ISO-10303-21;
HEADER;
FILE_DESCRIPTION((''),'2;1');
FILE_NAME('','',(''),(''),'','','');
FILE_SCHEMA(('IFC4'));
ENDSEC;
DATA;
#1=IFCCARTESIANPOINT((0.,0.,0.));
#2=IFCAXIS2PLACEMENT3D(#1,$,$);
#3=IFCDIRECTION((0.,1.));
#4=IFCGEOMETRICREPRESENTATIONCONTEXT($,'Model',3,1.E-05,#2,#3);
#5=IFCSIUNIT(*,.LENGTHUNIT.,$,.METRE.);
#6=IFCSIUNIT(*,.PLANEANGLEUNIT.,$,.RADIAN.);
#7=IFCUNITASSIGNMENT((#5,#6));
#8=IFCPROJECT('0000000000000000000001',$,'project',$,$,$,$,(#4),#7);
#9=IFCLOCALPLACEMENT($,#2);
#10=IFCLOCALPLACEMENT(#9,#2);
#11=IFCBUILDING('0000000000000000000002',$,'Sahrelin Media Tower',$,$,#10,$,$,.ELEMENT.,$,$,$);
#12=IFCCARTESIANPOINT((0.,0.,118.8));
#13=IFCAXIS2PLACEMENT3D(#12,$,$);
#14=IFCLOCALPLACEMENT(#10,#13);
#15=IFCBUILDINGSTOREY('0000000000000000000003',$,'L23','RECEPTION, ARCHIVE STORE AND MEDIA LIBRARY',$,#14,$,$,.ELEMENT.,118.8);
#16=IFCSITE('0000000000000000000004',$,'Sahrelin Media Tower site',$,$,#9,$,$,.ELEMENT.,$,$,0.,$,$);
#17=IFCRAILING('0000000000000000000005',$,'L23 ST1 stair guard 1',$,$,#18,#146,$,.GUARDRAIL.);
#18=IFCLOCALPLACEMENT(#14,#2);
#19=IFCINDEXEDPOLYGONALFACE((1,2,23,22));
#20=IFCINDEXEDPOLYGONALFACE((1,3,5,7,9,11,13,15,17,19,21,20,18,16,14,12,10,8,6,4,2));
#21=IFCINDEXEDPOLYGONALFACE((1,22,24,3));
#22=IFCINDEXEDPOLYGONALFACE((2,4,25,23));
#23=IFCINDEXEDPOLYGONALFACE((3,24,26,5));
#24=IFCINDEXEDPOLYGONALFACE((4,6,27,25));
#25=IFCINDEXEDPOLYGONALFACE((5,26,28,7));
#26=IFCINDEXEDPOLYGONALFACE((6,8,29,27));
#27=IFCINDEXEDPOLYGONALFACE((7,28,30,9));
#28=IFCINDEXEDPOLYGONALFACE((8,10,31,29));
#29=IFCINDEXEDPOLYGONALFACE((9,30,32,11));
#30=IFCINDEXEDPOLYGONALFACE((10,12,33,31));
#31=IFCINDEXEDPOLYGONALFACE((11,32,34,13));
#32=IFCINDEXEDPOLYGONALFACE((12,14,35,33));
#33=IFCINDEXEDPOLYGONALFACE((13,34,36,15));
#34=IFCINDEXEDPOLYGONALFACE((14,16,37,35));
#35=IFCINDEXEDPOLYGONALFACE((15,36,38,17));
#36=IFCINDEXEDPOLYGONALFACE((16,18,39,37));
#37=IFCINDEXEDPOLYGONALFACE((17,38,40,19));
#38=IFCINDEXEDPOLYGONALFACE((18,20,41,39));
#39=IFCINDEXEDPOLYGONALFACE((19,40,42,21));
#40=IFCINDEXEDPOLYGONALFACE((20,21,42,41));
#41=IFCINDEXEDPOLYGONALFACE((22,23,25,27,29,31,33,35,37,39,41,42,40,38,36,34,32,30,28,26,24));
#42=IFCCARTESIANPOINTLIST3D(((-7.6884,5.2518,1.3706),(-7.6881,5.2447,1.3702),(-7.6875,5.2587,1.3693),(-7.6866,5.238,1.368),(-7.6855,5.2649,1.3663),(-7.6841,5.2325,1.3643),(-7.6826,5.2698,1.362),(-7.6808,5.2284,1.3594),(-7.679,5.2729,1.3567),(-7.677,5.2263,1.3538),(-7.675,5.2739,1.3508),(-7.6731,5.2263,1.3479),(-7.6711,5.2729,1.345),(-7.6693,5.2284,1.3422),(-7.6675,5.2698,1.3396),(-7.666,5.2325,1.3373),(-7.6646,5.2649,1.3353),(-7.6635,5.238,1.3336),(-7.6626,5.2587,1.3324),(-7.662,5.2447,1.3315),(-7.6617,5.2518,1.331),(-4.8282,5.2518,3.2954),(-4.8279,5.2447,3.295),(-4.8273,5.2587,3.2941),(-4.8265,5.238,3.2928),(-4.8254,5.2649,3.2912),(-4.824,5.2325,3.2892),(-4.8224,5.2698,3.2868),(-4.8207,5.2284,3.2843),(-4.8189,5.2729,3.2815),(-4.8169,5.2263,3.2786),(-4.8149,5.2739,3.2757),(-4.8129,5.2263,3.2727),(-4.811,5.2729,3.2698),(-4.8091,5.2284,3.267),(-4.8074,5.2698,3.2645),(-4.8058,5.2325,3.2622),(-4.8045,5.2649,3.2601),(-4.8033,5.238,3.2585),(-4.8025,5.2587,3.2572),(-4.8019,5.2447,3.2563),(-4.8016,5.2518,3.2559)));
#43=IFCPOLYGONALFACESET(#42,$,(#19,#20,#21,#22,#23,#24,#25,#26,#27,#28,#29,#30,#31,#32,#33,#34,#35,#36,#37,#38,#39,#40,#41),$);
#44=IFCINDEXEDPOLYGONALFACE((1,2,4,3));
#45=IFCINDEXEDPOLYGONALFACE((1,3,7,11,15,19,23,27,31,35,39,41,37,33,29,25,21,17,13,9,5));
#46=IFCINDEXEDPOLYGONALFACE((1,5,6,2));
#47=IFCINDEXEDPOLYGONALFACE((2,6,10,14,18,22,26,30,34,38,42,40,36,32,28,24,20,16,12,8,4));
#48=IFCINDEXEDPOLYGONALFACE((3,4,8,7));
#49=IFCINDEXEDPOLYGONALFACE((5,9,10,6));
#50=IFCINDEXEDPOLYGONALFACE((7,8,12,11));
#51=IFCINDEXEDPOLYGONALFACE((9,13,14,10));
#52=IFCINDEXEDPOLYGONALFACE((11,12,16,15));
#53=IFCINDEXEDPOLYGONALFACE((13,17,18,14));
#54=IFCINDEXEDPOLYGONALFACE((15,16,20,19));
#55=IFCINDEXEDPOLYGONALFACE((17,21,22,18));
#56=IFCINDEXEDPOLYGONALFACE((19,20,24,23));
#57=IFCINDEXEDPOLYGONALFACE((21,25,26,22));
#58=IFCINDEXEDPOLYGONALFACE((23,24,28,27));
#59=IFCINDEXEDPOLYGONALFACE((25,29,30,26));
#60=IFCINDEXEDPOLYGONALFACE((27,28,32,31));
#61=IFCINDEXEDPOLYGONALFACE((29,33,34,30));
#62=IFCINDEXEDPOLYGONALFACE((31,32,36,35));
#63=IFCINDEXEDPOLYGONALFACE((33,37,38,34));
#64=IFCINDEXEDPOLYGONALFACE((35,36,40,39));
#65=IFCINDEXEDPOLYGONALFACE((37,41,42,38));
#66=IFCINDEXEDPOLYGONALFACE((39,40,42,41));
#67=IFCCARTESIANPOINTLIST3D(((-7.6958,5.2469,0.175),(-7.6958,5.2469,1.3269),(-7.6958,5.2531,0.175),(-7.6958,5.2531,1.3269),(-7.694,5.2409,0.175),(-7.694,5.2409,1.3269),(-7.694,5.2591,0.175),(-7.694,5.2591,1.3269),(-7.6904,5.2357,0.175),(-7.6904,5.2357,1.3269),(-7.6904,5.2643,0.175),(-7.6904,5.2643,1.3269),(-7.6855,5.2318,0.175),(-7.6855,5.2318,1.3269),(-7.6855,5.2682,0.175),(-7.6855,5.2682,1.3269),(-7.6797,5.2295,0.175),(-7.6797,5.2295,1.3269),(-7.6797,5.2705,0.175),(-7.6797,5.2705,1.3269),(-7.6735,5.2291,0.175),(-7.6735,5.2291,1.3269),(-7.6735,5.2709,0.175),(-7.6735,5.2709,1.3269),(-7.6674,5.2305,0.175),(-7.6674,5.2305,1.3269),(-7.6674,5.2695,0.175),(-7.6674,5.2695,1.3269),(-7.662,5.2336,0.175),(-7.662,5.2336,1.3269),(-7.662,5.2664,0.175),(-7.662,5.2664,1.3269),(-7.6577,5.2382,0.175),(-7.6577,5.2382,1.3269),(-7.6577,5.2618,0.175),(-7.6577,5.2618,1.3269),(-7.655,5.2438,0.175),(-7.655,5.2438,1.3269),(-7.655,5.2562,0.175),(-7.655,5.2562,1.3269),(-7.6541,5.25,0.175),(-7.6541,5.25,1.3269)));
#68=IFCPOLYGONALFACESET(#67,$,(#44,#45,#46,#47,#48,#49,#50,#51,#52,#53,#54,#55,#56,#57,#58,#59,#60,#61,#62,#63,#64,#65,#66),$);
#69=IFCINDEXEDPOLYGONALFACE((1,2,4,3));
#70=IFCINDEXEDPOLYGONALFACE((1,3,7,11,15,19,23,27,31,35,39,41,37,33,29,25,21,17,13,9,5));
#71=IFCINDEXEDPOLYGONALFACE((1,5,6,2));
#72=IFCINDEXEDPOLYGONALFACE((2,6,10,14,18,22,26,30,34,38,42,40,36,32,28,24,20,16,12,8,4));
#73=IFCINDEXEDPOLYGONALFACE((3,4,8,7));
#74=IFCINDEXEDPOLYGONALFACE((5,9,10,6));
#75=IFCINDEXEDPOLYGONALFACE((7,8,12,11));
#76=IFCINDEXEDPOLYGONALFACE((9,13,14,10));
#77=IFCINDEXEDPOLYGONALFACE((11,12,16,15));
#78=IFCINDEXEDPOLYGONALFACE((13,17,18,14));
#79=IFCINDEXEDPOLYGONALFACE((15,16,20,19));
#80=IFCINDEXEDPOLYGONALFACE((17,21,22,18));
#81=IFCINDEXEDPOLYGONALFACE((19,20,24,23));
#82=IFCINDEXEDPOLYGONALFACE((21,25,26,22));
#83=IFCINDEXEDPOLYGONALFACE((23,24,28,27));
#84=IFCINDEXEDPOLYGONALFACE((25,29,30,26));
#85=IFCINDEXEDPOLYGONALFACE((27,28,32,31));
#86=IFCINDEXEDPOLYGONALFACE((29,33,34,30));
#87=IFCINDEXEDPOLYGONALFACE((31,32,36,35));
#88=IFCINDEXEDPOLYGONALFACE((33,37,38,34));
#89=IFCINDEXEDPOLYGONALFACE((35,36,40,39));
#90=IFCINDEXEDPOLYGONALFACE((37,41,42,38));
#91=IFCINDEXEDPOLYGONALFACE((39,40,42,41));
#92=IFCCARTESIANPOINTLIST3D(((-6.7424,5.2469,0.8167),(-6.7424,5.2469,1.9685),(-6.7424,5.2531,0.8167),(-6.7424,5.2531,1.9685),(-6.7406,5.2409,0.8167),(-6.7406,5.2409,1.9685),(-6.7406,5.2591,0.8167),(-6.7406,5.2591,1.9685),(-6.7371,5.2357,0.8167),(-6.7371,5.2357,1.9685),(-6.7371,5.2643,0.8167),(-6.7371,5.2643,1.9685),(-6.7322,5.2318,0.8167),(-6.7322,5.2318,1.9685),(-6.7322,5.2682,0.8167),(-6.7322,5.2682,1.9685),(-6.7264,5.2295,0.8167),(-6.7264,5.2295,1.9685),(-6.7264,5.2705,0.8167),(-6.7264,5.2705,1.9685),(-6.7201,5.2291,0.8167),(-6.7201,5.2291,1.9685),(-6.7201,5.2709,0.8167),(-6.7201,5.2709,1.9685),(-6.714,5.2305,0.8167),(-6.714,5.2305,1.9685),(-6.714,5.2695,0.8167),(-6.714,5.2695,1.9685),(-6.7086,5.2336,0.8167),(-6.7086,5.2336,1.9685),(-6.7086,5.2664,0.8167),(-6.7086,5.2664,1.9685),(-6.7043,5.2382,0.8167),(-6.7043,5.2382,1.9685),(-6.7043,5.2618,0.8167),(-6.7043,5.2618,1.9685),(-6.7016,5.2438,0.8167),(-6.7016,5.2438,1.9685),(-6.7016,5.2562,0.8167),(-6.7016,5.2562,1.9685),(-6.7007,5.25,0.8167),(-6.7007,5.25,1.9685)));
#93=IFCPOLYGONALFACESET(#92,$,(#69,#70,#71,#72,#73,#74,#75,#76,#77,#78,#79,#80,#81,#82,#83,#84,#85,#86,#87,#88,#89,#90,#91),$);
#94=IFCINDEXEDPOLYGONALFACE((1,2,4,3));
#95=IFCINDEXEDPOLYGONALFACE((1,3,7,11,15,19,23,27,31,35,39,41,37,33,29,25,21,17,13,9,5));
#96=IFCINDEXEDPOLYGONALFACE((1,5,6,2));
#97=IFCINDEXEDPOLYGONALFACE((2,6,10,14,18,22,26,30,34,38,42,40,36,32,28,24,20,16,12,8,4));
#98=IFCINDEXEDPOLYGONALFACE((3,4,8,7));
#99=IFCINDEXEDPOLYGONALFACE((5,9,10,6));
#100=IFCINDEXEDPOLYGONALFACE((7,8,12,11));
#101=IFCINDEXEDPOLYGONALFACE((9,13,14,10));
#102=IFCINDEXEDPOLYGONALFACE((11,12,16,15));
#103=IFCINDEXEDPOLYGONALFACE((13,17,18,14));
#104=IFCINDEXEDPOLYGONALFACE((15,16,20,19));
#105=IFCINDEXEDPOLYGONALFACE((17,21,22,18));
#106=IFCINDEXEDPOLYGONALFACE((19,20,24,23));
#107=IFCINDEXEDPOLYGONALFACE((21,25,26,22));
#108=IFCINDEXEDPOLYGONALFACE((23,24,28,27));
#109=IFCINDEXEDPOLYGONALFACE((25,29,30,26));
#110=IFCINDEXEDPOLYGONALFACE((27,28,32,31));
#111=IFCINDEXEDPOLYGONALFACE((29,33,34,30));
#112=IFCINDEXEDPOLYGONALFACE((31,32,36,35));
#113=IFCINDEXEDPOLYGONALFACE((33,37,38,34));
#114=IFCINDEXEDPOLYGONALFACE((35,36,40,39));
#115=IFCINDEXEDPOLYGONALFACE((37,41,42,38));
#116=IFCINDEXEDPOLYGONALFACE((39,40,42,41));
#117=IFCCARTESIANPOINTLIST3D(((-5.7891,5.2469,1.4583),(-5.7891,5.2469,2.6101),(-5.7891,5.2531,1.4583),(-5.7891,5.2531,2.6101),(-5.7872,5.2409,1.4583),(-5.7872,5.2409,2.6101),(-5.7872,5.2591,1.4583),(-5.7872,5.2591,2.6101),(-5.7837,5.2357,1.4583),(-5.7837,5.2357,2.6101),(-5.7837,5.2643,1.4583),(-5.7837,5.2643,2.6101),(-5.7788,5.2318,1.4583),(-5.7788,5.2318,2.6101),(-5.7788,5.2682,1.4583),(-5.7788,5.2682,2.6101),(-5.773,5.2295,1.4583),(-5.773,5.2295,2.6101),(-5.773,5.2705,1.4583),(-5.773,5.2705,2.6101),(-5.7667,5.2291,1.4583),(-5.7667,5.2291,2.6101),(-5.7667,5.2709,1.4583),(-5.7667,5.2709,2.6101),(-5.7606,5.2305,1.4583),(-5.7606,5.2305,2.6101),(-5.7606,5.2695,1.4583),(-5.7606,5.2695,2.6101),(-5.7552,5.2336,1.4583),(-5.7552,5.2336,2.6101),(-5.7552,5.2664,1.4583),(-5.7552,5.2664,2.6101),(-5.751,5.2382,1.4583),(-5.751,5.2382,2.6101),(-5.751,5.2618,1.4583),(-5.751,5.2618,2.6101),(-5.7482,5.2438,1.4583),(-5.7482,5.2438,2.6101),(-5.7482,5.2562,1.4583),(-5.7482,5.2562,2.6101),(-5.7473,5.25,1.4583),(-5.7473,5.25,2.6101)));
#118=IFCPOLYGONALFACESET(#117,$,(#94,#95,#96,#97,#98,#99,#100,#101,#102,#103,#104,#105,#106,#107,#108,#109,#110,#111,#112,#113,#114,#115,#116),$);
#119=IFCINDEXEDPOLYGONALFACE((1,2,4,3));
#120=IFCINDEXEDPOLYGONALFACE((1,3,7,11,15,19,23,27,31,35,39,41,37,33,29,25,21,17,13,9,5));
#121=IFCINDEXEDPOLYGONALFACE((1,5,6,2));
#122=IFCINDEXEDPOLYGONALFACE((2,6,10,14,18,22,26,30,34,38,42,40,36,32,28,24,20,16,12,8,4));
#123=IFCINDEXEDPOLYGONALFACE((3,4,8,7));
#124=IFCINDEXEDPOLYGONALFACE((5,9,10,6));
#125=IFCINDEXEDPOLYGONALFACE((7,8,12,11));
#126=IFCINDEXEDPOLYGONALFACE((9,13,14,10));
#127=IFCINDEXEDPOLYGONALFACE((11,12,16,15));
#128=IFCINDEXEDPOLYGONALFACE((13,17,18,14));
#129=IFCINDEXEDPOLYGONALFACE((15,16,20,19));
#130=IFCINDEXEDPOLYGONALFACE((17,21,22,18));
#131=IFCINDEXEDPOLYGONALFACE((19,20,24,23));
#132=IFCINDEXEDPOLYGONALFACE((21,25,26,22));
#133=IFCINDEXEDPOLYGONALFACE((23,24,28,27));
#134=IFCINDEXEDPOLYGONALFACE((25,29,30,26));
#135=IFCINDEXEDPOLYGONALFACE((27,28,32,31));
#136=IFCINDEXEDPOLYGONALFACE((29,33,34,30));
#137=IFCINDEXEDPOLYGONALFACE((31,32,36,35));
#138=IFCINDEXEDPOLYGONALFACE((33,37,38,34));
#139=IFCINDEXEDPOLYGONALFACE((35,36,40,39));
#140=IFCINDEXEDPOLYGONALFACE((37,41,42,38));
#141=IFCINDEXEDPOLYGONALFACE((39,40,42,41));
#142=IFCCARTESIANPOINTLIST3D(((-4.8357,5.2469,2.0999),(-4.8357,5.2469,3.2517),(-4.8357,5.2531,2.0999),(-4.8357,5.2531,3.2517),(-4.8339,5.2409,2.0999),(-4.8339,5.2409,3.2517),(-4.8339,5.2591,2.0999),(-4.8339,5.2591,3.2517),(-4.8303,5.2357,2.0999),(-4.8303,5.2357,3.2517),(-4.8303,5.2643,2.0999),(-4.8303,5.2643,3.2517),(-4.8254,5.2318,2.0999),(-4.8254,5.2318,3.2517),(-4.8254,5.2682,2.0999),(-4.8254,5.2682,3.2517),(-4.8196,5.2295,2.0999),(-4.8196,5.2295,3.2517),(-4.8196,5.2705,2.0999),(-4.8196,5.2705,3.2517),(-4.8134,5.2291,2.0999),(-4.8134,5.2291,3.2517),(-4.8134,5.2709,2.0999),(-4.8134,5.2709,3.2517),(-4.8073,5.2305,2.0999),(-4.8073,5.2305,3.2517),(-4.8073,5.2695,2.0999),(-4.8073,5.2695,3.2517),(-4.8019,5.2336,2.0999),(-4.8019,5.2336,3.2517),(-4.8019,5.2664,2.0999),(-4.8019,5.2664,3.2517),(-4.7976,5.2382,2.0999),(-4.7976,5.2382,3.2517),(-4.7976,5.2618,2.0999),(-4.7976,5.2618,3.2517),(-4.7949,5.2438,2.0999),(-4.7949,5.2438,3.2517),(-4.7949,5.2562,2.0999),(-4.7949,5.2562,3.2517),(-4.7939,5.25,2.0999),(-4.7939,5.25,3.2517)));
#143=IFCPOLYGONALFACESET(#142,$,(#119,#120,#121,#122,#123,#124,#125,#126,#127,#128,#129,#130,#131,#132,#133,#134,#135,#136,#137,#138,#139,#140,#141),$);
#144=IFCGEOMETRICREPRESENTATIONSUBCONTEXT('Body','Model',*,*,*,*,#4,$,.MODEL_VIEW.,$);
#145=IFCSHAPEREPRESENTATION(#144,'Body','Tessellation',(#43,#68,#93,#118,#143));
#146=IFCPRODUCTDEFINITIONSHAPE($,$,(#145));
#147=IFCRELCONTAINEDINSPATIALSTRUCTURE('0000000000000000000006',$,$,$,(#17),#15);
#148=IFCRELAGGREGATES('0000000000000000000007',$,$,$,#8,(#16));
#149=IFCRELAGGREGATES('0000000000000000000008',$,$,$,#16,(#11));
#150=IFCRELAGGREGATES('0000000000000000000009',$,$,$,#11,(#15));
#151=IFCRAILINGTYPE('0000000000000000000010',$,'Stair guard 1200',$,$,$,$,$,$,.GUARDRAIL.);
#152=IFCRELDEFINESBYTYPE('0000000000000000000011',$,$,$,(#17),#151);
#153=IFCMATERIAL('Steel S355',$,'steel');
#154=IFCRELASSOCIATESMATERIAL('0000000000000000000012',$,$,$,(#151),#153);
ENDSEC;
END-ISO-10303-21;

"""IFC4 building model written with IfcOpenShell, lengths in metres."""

from ifc_helpers import new_model, si_unit, direction, frame, origin, origin_2d, place, context, subcontext, project, spatial, circle, extrude, material, type_object, element, save


model = new_model("IFC4")

# Units and contexts
model_context = context("Model", 3, precision=1e-05, world=origin(), true_north=direction((0.0, 1.0)))
body_context = subcontext(model_context, "Body", "Model", "MODEL_VIEW")
ifc_project = project(units=[si_unit("LENGTHUNIT", "METRE"), si_unit("PLANEANGLEUNIT", "RADIAN")], contexts=[model_context])

# Site, building, storey
site_placement = place(None, origin())
site = spatial("IfcSite", under=ifc_project, at=site_placement, Name="Sahrelin Media Tower site", CompositionType="ELEMENT", RefElevation=0.0)
building_placement = place(site_placement, origin())
building = spatial("IfcBuilding", under=site, at=building_placement, Name="Sahrelin Media Tower", CompositionType="ELEMENT")
storey_placement = place(building_placement, frame((0.0, 0.0, 118.8)))
storey = spatial("IfcBuildingStorey", under=building, at=storey_placement, Name="L23", Description="RECEPTION, ARCHIVE STORE AND MEDIA LIBRARY", CompositionType="ELEMENT", Elevation=118.8)

# Shared definitions
ifc_material_1 = material(Name="Steel S355", Category="steel")

# Railing
railing_type_1 = type_object("IfcRailingType", Name="Stair guard 1200", PredefinedType="GUARDRAIL", material=ifc_material_1)
railing_1_placement = place(storey_placement, frame((-7.675, 5.25, 0.175)))
element("IfcRailing", 1, at=railing_1_placement, inside=storey, type_object=railing_type_1, Name="L23 ST1 stair guard 1", PredefinedType="GUARDRAIL", context=body_context, shape_type="SweptSolid", body=[
    extrude(circle(Radius=0.0239, at=origin_2d()), frame((0.0, 0.0, 1.1758), z_axis=(0.829624, 0.0, 0.558323), x_axis=(0.0, 1.0, 0.0)), (0.0, 0.0, 1.0), 3.4475),
    extrude(circle(Radius=0.021, at=origin_2d()), origin(), (0.0, 0.0, 1.0), 1.1519),
    extrude(circle(Radius=0.021, at=origin_2d()), frame((0.9534, 0.0, 0.6416)), (0.0, 0.0, 1.0), 1.1519),
    extrude(circle(Radius=0.021, at=origin_2d()), frame((1.9067, 0.0, 1.2832)), (0.0, 0.0, 1.0), 1.1519),
    extrude(circle(Radius=0.021, at=origin_2d()), frame((2.8601, 0.0, 1.9248)), (0.0, 0.0, 1.0), 1.1519),
])

save(model, "model.ifc")
